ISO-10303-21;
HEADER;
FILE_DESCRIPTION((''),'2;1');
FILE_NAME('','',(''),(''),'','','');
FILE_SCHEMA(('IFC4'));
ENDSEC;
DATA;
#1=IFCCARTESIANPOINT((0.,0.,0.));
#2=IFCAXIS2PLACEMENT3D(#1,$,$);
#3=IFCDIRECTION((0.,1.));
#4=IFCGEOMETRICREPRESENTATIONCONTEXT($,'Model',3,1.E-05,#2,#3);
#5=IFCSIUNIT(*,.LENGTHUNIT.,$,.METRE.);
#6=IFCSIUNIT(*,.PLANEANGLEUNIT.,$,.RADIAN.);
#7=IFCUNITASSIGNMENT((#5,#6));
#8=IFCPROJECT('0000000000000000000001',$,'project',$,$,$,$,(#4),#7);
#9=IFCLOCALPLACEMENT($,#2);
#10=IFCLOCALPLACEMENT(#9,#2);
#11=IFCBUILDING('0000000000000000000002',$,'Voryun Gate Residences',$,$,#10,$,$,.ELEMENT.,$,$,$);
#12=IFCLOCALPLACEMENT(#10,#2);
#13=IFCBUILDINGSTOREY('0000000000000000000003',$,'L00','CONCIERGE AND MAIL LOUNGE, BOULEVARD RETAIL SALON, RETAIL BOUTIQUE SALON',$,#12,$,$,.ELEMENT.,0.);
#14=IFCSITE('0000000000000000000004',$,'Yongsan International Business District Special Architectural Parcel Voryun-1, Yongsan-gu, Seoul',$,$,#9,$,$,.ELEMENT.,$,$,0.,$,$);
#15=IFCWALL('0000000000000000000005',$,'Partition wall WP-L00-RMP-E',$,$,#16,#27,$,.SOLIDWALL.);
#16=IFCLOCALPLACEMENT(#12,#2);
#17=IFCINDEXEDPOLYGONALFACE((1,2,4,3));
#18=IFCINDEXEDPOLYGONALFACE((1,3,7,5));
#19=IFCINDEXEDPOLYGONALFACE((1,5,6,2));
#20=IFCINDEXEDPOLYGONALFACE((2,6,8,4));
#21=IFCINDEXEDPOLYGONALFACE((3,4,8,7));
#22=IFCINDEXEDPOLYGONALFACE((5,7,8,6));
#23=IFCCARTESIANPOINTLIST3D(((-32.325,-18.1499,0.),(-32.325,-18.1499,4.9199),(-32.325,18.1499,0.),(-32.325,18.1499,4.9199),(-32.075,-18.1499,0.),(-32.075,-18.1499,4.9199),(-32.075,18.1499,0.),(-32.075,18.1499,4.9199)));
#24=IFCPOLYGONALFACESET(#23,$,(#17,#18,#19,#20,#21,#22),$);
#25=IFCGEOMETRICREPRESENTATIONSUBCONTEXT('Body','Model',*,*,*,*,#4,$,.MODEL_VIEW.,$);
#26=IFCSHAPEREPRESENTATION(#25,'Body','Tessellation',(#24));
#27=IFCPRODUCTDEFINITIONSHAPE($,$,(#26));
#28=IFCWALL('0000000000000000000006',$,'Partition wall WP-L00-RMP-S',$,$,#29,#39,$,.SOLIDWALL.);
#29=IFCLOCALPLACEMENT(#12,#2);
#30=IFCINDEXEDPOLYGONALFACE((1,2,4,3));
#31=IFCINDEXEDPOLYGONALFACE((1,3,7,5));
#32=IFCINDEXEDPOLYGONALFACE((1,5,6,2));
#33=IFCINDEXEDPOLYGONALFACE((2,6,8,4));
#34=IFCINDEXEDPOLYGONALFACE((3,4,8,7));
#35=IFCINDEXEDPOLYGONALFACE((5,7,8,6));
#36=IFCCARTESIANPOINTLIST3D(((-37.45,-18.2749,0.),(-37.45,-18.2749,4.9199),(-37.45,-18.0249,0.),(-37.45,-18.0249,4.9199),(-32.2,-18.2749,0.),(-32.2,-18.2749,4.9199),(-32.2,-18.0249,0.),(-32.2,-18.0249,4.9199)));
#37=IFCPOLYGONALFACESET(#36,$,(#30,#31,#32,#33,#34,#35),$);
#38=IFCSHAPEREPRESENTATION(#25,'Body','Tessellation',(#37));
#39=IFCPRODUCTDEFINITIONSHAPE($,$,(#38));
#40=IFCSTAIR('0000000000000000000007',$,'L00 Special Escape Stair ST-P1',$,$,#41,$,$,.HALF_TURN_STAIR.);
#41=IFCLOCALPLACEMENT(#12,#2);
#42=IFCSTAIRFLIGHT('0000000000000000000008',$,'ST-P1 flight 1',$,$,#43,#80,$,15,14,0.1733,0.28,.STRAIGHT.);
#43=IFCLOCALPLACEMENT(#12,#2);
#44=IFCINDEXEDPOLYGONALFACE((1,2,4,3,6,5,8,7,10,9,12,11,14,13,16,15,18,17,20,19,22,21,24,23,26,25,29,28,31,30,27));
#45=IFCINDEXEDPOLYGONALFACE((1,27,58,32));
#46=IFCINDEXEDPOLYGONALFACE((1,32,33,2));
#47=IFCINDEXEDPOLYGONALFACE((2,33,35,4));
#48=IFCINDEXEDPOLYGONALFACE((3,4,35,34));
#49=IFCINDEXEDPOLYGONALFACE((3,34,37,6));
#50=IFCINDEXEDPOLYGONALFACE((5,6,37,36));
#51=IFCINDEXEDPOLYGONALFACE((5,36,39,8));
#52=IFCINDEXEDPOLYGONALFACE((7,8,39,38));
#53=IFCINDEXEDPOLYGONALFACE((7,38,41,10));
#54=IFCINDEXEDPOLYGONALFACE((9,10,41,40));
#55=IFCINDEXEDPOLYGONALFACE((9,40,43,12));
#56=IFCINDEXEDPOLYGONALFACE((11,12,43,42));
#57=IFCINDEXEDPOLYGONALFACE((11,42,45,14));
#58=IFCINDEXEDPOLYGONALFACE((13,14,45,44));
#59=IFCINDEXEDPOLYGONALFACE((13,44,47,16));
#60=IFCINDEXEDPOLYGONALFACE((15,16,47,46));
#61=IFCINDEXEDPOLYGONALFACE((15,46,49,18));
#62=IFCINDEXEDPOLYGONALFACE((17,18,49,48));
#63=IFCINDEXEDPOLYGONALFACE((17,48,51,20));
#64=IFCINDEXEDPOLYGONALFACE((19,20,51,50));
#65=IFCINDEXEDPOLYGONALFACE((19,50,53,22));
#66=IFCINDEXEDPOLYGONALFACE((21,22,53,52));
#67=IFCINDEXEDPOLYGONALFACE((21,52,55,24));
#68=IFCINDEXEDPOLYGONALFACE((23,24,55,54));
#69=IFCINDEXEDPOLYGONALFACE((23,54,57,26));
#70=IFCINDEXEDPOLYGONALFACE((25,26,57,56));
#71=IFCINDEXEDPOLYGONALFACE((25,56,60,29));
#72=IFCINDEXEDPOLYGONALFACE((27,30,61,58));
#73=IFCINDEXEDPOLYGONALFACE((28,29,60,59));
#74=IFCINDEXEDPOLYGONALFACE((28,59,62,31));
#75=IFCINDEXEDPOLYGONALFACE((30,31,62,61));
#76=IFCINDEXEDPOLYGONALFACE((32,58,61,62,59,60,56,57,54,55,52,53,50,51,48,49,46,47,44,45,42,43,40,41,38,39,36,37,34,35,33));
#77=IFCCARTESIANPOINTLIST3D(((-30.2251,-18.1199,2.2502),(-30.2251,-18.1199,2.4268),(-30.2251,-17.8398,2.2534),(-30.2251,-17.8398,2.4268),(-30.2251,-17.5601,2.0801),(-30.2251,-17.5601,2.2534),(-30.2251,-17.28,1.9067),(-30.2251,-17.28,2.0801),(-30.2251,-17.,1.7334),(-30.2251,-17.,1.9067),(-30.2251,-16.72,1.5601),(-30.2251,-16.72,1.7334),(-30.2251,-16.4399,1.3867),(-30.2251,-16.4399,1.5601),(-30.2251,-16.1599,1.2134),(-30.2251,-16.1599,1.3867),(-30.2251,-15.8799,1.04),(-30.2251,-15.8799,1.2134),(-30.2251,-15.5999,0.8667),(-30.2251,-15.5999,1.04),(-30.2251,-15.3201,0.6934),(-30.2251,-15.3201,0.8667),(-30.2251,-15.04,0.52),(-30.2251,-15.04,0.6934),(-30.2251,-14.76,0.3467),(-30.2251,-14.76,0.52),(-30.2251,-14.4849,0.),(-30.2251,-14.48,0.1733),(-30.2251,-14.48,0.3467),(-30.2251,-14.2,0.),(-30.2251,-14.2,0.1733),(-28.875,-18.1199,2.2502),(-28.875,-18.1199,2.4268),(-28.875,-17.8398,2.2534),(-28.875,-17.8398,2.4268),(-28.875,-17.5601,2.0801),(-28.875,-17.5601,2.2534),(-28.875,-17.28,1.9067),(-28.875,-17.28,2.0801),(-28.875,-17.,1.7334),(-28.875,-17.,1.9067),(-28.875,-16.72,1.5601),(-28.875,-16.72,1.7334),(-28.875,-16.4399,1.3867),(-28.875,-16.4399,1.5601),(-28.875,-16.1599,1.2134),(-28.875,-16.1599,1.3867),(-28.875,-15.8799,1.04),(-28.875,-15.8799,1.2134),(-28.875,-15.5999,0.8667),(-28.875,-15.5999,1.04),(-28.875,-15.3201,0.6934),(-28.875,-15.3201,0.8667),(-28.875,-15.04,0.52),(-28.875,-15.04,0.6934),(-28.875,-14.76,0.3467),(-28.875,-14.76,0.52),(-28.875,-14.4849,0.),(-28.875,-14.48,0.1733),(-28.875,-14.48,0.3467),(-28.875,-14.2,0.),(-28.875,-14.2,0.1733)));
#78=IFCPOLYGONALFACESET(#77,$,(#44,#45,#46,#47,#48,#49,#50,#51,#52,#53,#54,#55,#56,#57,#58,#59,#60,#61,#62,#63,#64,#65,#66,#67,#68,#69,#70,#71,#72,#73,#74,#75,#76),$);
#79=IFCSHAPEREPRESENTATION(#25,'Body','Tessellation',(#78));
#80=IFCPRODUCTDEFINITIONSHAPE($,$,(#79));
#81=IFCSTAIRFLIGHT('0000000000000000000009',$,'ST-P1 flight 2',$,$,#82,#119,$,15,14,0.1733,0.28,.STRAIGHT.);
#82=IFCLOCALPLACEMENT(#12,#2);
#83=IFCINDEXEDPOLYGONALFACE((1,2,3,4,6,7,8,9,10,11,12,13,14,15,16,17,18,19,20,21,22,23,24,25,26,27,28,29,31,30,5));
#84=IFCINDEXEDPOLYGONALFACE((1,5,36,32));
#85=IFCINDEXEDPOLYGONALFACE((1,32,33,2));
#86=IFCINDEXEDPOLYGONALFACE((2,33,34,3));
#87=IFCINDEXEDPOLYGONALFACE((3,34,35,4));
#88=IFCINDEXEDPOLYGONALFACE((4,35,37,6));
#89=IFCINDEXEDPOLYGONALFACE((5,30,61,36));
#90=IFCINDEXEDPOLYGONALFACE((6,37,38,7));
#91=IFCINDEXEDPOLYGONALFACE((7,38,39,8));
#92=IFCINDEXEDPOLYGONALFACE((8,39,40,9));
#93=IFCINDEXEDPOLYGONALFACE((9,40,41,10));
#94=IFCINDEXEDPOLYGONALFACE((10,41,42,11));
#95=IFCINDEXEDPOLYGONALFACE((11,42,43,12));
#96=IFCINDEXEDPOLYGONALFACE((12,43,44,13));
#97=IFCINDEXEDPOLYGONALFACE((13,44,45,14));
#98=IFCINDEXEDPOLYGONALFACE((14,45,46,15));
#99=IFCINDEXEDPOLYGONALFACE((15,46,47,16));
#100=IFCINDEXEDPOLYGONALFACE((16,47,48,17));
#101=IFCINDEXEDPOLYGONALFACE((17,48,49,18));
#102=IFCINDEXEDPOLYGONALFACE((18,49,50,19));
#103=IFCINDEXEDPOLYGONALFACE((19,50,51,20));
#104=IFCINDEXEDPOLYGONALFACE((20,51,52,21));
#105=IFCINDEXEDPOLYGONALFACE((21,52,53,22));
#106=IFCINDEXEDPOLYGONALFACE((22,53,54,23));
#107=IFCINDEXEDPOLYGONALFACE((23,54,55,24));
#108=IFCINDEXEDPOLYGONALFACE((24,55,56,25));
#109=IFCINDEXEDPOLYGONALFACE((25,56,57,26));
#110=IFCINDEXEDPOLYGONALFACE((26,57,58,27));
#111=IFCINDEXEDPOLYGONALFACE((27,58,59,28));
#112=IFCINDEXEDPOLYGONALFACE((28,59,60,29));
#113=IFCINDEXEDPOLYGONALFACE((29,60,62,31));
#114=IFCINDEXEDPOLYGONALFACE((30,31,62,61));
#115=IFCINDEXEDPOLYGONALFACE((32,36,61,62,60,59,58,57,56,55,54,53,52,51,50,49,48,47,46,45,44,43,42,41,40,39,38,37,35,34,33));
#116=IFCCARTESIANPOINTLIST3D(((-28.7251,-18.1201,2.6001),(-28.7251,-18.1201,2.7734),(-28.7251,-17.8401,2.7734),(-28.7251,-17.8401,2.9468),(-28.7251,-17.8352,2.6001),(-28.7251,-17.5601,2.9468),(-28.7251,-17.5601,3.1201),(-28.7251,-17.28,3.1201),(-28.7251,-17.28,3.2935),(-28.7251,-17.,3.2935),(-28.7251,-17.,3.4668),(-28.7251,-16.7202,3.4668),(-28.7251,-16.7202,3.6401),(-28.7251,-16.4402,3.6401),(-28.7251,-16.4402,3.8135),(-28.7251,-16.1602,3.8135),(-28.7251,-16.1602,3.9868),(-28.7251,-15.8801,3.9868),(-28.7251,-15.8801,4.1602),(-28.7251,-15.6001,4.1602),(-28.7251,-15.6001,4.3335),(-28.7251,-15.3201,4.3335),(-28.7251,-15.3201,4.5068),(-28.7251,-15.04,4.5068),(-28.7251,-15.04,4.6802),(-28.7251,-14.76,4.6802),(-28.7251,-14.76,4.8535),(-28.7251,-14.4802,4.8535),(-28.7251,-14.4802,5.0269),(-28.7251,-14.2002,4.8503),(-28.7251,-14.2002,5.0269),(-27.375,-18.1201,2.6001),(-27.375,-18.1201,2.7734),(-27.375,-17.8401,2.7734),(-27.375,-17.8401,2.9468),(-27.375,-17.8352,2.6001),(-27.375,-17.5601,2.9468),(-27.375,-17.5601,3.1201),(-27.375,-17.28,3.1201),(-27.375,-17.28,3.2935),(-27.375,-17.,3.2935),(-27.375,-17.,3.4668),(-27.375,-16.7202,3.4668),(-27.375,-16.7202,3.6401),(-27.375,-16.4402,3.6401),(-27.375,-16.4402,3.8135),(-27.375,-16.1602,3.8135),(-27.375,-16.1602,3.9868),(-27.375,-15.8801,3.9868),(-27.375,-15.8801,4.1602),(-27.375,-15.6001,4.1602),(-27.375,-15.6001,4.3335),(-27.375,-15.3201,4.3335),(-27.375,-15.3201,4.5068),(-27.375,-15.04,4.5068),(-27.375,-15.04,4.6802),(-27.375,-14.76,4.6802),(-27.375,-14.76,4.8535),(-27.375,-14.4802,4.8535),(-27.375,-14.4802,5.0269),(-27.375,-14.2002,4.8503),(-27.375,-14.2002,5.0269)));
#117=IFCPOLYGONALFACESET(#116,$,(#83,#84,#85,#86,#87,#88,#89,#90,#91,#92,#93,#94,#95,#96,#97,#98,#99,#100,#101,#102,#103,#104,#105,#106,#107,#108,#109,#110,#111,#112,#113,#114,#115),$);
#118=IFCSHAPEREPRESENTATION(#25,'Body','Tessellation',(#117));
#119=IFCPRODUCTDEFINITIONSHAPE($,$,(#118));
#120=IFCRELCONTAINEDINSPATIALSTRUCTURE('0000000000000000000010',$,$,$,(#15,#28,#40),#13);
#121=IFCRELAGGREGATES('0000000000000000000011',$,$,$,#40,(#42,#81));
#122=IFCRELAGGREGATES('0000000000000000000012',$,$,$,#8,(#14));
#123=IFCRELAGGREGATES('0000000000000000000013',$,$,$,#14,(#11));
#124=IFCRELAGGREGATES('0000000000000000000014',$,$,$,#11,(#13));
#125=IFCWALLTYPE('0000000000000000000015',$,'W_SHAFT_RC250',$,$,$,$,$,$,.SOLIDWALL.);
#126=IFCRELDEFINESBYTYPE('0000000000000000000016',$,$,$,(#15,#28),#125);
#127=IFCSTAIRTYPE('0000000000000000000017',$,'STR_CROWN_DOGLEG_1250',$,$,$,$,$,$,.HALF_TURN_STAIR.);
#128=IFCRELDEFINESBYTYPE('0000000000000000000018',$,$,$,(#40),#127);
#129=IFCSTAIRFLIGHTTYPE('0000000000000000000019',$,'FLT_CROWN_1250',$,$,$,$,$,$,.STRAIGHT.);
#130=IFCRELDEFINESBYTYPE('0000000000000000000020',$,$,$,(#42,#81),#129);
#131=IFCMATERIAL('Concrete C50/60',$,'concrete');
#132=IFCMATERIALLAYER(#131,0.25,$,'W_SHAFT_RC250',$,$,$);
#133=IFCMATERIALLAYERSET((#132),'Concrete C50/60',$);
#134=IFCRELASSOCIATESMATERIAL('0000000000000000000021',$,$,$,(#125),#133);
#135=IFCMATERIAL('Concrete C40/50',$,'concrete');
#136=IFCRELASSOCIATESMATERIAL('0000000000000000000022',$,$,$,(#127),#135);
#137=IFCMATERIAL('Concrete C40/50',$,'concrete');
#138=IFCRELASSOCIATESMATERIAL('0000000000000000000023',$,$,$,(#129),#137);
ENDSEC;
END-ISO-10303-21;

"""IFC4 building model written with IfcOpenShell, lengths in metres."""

from ifc_helpers import new_model, si_unit, direction, frame, frame_2d, origin, place, context, subcontext, project, spatial, polyline, rectangle, outline, extrude, material, layer, layer_set, type_object, element, aggregate, save


model = new_model("IFC4")

# Units and contexts
model_context = context("Model", 3, precision=1e-05, world=origin(), true_north=direction((0.0, 1.0)))
body_context = subcontext(model_context, "Body", "Model", "MODEL_VIEW")
ifc_project = project(units=[si_unit("LENGTHUNIT", "METRE"), si_unit("PLANEANGLEUNIT", "RADIAN")], contexts=[model_context])

# Site, building, storey
site_placement = place(None, origin())
site = spatial("IfcSite", under=ifc_project, at=site_placement, Name="Yongsan International Business District Special Architectural Parcel Voryun-1, Yongsan-gu, Seoul", CompositionType="ELEMENT", RefElevation=0.0)
building_placement = place(site_placement, origin())
building = spatial("IfcBuilding", under=site, at=building_placement, Name="Voryun Gate Residences", CompositionType="ELEMENT")
storey_placement = place(building_placement, origin())
storey = spatial("IfcBuildingStorey", under=building, at=storey_placement, Name="L00", Description="CONCIERGE AND MAIL LOUNGE, BOULEVARD RETAIL SALON, RETAIL BOUTIQUE SALON", CompositionType="ELEMENT", Elevation=0.0)

# Shared definitions
ifc_material_1 = material(Name="Concrete C50/60", Category="concrete")
ifc_layer_1 = layer(ifc_material_1, 0.25, Name="W_SHAFT_RC250")
ifc_layer_set_1 = layer_set([ifc_layer_1], Name="Concrete C50/60")
wall_type_1 = type_object("IfcWallType", Name="W_SHAFT_RC250", PredefinedType="SOLIDWALL", material=ifc_layer_set_1)

# Walls
for number, where, z_axis, x_axis, name in (
    (1, (-32.2, -18.1499, 0.0), (0.0, 0.0, 1.0), (0.0, 1.0, 0.0), "Partition wall WP-L00-RMP-E"),
):
    element("IfcWall", number, at=place(storey_placement, frame(where, z_axis=z_axis, x_axis=x_axis)), inside=storey, type_object=wall_type_1, Name=name, PredefinedType="SOLIDWALL", context=body_context, shape_type="SweptSolid", body=[
        extrude(rectangle(XDim=36.2998, YDim=0.25, at=frame_2d((18.1499, 0.0))), origin(), (0.0, 0.0, 1.0), 4.9199),
    ])
wall_1_placement = place(storey_placement, frame((-37.45, -18.1499, 0.0), z_axis=(0.0, 0.0, 1.0), x_axis=(1.0, 0.0, 0.0)))
element("IfcWall", 2, at=wall_1_placement, inside=storey, type_object=wall_type_1, Name="Partition wall WP-L00-RMP-S", PredefinedType="SOLIDWALL", context=body_context, shape_type="SweptSolid", body=[
    extrude(rectangle(XDim=5.25, YDim=0.25, at=frame_2d((2.625, 0.0))), origin(), (0.0, 0.0, 1.0), 4.9199),
])

# Stair, stair flights
ifc_material_2 = material(Name="Concrete C40/50", Category="concrete")
stair_type = type_object("IfcStairType", Name="STR_CROWN_DOGLEG_1250", PredefinedType="HALF_TURN_STAIR", material=ifc_material_2)
stair_placement = place(storey_placement, origin())
stair = element("IfcStair", 3, at=stair_placement, inside=storey, type_object=stair_type, Name="L00 Special Escape Stair ST-P1", PredefinedType="HALF_TURN_STAIR")
ifc_material_3 = material(Name="Concrete C40/50", Category="concrete")
stair_flight_type = type_object("IfcStairFlightType", Name="FLT_CROWN_1250", PredefinedType="STRAIGHT", material=ifc_material_3)
stair_flight_1_placement = place(storey_placement, frame((-29.55, -14.2, 0.0), z_axis=(0.0, 0.0, 1.0), x_axis=(0.0, -1.0, 0.0)))
stair_flight_1 = element("IfcStairFlight", 4, at=stair_flight_1_placement, type_object=stair_flight_type, Name="ST-P1 flight 1", NumberOfRisers=15, NumberOfTreads=14, PredefinedType="STRAIGHT", RiserHeight=0.1733, TreadLength=0.28, context=body_context, shape_type="SweptSolid", body=[
    extrude(outline(polyline([(0.0, 0.0), (0.0, 0.1733), (0.28, 0.1733), (0.28, 0.3467), (0.5601, 0.3467), (0.5601, 0.52), (0.8401, 0.52), (0.8401, 0.6934), (1.1201, 0.6934), (1.1201, 0.8667), (1.3999, 0.8667), (1.3999, 1.04), (1.6799, 1.04), (1.6799, 1.2134), (1.96, 1.2134), (1.96, 1.3867), (2.24, 1.3867), (2.24, 1.5601), (2.52, 1.5601), (2.52, 1.7334), (2.8, 1.7334), (2.8, 1.9067), (3.0801, 1.9067), (3.0801, 2.0801), (3.3601, 2.0801), (3.3601, 2.2534), (3.6399, 2.2534), (3.6399, 2.4268), (3.9199, 2.4268), (3.9199, 2.6001), (3.9199, 2.2502), (0.2849, 0.0), (0.0, 0.0)])), frame((0.0, 0.675, 0.0), z_axis=(0.0, -1.0, 0.0), x_axis=(1.0, 0.0, 0.0)), (0.0, 0.0, 1.0), 1.3501),
])
stair_flight_2_placement = place(storey_placement, frame((-28.05, -18.1201, 2.6001), z_axis=(0.0, 0.0, 1.0), x_axis=(0.0, 1.0, 0.0)))
stair_flight_2 = element("IfcStairFlight", 5, at=stair_flight_2_placement, type_object=stair_flight_type, Name="ST-P1 flight 2", NumberOfRisers=15, NumberOfTreads=14, PredefinedType="STRAIGHT", RiserHeight=0.1733, TreadLength=0.28, context=body_context, shape_type="SweptSolid", body=[
    extrude(outline(polyline([(0.0, 0.0), (0.0, 0.1733), (0.28, 0.1733), (0.28, 0.3467), (0.5601, 0.3467), (0.5601, 0.52), (0.8401, 0.52), (0.8401, 0.6934), (1.1201, 0.6934), (1.1201, 0.8667), (1.3999, 0.8667), (1.3999, 1.04), (1.6799, 1.04), (1.6799, 1.2134), (1.96, 1.2134), (1.96, 1.3867), (2.24, 1.3867), (2.24, 1.5601), (2.52, 1.5601), (2.52, 1.7334), (2.8, 1.7334), (2.8, 1.9067), (3.0801, 1.9067), (3.0801, 2.0801), (3.3601, 2.0801), (3.3601, 2.2534), (3.6399, 2.2534), (3.6399, 2.4268), (3.9199, 2.4268), (3.9199, 2.6001), (3.9199, 2.2502), (0.2849, 0.0), (0.0, 0.0)])), frame((0.0, 0.675, 0.0), z_axis=(0.0, -1.0, 0.0), x_axis=(1.0, 0.0, 0.0)), (0.0, 0.0, 1.0), 1.3501),
])
aggregate(stair, [stair_flight_1, stair_flight_2])

save(model, "model.ifc")
